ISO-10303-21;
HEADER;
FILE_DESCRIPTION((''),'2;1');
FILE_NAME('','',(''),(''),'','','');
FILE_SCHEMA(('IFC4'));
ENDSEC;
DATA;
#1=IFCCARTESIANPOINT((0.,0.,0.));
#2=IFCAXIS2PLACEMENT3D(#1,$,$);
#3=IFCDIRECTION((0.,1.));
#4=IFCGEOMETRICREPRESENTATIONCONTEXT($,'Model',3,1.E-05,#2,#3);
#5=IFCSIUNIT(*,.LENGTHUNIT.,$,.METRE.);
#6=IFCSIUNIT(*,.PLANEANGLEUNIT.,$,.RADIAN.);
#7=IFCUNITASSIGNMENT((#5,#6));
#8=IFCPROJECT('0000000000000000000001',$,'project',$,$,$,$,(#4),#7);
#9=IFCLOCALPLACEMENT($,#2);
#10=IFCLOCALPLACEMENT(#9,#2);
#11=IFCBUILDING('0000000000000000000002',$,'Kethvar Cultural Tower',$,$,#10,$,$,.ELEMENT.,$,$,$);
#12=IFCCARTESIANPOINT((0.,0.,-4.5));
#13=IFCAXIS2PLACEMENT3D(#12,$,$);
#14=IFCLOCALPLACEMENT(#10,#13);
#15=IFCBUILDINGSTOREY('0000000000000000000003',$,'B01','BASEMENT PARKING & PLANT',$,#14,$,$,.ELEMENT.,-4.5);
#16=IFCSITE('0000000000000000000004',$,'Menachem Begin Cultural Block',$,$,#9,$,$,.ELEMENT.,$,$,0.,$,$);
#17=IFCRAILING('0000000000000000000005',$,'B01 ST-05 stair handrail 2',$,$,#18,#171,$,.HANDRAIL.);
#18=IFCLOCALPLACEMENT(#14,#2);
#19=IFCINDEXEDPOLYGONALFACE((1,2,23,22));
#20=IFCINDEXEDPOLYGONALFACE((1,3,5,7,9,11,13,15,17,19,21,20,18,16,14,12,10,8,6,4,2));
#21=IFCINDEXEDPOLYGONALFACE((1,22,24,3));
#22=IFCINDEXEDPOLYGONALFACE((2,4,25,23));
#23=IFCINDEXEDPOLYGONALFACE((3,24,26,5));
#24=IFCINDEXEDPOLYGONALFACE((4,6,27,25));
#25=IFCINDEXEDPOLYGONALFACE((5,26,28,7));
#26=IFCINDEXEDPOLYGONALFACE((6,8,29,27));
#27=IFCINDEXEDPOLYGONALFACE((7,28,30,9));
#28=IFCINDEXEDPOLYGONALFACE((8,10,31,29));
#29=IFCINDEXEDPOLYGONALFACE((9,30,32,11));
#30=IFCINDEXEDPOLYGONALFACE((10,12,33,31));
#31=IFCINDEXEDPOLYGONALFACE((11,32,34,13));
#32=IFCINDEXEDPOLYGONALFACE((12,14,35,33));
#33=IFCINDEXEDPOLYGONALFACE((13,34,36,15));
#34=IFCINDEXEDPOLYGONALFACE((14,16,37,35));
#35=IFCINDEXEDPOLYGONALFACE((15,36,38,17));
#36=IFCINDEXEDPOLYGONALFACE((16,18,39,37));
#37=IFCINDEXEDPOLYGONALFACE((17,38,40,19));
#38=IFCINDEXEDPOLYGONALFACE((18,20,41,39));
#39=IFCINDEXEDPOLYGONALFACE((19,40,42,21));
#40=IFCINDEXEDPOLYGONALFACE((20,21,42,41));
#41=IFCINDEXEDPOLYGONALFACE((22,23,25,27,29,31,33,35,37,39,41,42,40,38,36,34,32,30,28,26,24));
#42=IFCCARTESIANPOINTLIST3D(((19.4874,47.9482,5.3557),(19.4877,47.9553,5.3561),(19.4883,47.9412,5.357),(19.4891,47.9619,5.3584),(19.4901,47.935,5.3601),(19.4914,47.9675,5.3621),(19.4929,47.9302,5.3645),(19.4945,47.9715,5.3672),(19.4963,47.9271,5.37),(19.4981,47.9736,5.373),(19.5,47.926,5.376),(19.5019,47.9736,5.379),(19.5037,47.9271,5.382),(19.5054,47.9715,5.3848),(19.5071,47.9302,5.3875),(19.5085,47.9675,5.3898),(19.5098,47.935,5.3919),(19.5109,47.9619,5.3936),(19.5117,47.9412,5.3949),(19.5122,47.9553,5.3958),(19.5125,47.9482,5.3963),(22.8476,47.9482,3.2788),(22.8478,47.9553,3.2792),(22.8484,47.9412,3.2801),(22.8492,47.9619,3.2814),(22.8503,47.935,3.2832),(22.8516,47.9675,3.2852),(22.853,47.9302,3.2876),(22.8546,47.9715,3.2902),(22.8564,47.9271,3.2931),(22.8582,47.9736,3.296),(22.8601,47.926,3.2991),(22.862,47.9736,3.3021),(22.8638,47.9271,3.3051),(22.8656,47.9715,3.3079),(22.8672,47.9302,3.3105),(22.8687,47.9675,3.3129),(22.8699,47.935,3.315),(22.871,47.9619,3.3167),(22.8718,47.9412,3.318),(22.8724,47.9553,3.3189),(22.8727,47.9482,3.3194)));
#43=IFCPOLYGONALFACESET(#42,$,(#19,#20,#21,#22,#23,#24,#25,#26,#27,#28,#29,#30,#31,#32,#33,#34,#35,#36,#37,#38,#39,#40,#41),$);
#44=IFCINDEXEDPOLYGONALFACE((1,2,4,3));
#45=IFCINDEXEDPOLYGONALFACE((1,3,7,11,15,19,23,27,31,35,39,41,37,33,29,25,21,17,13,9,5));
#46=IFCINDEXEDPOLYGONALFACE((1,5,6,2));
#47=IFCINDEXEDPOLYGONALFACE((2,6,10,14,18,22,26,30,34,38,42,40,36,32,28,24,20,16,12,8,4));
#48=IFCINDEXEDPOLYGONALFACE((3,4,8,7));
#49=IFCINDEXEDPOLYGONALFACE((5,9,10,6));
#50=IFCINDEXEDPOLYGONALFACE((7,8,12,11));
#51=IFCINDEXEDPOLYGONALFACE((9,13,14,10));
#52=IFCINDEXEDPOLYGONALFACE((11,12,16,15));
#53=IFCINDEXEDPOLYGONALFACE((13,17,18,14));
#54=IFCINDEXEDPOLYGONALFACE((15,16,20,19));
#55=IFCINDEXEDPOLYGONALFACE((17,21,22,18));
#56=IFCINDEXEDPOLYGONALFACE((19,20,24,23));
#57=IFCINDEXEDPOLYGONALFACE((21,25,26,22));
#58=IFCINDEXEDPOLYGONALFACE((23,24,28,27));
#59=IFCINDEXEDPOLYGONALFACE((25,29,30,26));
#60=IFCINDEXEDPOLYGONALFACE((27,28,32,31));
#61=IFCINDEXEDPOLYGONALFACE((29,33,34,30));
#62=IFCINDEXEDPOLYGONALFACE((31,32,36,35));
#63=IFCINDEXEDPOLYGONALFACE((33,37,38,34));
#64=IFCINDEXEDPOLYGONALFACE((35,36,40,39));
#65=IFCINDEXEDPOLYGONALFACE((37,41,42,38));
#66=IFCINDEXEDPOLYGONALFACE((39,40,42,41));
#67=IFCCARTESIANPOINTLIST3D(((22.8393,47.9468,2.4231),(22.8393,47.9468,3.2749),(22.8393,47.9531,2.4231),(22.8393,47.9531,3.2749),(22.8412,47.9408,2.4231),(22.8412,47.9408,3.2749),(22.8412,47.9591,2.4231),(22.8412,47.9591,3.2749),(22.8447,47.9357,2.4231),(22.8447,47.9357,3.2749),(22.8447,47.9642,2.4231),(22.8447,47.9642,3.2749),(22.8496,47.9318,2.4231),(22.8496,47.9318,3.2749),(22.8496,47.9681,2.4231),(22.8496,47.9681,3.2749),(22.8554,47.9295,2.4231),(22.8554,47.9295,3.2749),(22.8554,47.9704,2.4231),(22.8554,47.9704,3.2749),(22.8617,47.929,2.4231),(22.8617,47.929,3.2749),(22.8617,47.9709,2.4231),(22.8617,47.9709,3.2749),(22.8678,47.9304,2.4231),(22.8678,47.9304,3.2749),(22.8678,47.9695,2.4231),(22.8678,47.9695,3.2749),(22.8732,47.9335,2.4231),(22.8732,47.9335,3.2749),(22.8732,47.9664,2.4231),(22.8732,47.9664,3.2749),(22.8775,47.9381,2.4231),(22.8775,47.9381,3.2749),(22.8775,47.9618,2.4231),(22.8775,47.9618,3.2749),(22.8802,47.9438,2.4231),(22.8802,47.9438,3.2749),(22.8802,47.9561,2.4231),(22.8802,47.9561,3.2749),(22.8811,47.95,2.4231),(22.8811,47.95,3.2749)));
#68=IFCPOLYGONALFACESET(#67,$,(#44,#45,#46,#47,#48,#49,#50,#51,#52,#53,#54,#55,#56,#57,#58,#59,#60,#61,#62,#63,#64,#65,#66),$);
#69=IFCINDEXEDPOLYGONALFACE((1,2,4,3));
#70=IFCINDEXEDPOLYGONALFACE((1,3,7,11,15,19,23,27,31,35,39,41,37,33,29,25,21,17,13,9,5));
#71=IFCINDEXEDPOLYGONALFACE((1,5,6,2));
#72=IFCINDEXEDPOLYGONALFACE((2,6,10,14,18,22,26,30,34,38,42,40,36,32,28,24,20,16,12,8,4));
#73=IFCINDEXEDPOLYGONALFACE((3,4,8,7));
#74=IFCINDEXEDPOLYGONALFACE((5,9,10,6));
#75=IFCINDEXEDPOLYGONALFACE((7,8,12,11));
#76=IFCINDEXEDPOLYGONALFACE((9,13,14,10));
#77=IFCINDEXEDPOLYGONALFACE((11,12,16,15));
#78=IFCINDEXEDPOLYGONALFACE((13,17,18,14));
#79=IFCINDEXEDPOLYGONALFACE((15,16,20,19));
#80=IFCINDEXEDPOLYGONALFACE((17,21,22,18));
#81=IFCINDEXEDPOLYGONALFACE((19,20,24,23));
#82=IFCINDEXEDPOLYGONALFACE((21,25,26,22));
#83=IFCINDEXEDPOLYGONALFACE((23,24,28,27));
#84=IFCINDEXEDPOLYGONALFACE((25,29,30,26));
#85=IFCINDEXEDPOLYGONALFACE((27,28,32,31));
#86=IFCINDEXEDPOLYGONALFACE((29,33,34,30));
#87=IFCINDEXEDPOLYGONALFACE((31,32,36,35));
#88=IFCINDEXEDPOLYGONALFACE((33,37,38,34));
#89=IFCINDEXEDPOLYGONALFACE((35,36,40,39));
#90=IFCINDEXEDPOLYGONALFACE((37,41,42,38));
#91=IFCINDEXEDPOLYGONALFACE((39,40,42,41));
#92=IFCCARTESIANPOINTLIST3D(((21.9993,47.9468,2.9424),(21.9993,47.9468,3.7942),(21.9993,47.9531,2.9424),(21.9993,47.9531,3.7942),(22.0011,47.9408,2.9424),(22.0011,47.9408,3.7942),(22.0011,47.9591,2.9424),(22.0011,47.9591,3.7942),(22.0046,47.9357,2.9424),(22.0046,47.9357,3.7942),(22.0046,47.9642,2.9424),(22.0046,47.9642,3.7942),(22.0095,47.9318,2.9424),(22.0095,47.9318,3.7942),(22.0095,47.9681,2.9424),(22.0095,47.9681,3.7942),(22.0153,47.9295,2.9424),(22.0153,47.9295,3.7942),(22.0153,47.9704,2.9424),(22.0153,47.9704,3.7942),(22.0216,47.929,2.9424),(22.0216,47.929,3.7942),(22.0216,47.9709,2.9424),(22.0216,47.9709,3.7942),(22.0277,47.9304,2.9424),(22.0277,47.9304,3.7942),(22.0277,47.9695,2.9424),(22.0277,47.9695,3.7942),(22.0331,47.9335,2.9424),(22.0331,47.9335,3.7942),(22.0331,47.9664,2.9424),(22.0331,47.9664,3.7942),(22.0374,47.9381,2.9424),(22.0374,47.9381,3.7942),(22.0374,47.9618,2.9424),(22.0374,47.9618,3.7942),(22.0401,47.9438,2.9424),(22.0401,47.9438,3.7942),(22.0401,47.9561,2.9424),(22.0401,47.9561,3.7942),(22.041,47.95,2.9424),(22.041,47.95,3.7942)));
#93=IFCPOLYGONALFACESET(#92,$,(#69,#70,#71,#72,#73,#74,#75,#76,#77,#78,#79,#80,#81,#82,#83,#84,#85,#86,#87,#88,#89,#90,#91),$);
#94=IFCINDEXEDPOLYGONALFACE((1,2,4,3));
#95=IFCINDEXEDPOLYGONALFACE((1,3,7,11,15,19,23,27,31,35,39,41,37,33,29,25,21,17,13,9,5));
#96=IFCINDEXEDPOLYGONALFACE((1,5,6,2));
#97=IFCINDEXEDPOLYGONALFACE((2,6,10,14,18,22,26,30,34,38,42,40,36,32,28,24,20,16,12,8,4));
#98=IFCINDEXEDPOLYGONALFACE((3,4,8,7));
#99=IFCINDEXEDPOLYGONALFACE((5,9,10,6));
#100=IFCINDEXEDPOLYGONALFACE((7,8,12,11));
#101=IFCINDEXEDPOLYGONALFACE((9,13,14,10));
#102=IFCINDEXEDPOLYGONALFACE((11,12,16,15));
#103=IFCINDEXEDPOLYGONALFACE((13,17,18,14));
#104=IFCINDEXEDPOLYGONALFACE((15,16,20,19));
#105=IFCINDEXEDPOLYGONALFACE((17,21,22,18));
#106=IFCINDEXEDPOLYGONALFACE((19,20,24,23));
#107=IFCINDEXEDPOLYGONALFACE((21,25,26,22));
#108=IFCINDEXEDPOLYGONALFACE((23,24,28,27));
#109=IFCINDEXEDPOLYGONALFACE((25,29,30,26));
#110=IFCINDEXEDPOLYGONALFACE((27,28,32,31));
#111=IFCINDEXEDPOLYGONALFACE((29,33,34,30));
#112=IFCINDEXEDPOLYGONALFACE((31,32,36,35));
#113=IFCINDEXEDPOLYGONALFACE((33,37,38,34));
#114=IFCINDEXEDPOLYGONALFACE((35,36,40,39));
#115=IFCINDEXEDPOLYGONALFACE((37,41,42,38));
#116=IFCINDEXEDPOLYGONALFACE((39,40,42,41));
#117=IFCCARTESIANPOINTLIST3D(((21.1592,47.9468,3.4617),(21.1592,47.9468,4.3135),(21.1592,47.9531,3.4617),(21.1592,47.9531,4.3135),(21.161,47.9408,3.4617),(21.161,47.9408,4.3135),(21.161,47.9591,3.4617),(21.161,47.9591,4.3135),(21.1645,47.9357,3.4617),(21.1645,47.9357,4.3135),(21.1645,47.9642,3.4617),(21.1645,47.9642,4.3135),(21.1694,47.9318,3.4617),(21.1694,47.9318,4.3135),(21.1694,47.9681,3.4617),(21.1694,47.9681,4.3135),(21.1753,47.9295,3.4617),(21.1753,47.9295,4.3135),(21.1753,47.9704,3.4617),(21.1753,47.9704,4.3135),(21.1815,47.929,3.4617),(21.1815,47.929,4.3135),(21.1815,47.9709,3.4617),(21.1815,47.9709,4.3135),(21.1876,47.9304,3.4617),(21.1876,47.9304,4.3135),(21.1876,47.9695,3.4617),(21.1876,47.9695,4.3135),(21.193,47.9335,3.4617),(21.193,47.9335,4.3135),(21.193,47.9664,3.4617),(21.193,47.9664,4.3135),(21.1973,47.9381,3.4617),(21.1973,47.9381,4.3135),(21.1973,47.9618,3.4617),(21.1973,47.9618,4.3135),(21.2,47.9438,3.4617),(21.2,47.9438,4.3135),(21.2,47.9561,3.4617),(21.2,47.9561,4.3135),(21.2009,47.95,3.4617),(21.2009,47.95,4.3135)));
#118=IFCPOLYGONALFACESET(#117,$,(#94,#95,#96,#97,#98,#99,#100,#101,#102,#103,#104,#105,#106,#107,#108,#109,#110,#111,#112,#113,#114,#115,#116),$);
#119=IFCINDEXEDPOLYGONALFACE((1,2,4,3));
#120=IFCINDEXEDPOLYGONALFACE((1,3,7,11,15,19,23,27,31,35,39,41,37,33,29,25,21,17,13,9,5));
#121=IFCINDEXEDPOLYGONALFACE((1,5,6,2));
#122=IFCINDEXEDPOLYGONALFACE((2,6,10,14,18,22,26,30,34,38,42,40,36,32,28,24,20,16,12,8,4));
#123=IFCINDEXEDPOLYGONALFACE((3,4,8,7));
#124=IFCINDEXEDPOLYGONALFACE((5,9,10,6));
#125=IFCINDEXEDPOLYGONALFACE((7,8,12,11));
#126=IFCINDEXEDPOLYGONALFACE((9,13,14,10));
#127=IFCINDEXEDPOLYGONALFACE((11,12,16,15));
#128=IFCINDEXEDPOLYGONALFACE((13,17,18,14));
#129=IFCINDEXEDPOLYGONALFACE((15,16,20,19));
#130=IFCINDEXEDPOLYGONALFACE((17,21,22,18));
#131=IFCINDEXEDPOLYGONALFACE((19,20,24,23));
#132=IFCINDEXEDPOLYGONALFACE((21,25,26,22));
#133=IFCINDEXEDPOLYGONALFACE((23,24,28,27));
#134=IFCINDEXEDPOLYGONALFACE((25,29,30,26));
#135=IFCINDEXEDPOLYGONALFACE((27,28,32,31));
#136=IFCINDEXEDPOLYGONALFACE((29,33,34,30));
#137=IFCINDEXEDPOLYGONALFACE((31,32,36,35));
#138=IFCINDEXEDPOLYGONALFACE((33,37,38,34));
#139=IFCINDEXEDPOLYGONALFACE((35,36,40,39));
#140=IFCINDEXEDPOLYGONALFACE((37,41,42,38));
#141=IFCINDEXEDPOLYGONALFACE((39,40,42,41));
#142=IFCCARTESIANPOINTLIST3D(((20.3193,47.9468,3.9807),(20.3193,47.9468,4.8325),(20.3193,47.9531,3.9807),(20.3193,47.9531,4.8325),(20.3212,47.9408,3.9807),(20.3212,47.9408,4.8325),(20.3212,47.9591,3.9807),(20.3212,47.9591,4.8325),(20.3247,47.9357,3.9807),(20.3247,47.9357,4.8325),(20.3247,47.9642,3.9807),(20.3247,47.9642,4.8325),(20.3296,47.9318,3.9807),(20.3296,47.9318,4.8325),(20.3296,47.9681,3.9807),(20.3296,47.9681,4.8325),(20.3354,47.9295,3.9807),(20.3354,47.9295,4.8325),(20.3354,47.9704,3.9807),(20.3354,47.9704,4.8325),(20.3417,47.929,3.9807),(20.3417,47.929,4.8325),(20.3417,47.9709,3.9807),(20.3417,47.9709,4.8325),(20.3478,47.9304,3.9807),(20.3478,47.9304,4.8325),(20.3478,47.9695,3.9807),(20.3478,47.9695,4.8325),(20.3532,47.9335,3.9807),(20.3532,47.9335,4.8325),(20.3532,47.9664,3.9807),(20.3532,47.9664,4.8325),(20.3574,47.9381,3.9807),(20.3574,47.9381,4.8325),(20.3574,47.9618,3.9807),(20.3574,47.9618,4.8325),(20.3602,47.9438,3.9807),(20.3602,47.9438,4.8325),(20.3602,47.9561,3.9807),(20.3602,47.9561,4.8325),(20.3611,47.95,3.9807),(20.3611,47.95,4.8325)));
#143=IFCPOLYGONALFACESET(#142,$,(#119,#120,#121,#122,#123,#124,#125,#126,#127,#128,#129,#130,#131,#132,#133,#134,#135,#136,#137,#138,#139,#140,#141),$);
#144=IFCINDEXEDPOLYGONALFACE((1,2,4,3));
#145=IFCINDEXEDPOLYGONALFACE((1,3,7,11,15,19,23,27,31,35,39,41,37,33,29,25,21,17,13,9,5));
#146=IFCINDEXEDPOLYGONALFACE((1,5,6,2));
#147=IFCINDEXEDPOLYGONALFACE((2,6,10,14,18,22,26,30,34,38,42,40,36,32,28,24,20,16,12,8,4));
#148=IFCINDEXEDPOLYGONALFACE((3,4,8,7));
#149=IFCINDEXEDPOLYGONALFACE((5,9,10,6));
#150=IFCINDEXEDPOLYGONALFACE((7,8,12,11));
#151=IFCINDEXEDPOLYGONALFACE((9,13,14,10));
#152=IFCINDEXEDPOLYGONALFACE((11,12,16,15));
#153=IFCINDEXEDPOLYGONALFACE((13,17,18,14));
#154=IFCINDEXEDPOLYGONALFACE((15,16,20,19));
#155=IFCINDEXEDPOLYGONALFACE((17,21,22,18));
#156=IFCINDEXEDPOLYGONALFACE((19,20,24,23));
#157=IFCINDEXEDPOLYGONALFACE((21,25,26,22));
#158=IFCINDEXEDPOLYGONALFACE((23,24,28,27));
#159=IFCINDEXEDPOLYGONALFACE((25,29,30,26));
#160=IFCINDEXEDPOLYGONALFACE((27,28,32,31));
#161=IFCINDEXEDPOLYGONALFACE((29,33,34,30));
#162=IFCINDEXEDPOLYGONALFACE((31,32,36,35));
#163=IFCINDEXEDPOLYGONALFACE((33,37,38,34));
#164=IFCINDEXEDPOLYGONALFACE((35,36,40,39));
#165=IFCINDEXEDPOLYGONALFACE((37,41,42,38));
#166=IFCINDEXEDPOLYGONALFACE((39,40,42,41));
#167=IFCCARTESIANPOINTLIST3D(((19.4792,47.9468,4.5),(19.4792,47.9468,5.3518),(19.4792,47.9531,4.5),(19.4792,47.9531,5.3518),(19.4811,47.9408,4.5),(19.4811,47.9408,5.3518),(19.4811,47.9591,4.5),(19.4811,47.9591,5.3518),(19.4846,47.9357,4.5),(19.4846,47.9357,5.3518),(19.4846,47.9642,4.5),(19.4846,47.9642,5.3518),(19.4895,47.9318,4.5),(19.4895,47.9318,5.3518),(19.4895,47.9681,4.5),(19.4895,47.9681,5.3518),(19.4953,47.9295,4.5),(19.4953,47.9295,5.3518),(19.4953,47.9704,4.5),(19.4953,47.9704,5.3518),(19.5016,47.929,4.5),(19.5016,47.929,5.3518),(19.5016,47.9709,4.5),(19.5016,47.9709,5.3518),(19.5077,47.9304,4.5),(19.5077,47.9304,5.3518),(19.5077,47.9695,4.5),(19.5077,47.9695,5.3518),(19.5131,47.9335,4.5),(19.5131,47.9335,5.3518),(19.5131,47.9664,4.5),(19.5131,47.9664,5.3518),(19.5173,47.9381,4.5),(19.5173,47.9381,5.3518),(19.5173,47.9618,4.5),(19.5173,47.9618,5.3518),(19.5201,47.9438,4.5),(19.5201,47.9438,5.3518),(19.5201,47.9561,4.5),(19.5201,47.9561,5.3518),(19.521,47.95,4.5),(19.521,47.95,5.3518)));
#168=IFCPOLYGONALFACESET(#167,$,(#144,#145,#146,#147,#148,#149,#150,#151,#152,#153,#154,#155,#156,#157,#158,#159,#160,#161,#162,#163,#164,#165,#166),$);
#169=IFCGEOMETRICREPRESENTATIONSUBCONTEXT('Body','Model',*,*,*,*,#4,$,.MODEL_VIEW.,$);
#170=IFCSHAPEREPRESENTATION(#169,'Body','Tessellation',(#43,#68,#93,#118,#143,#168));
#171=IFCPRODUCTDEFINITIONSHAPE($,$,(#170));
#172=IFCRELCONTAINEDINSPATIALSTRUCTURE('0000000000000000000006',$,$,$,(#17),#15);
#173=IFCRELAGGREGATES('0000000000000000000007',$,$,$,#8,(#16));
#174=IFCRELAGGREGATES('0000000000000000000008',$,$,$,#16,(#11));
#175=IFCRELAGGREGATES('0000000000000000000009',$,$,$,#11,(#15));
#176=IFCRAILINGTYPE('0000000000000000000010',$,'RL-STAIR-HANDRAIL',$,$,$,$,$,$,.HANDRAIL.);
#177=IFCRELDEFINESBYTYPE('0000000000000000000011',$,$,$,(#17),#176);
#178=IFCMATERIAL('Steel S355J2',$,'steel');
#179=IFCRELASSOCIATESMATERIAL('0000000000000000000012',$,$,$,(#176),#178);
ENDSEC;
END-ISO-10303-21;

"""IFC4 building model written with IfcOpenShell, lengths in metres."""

from ifc_helpers import new_model, si_unit, direction, frame, origin, origin_2d, place, context, subcontext, project, spatial, circle, extrude, material, type_object, element, save


model = new_model("IFC4")

# Units and contexts
model_context = context("Model", 3, precision=1e-05, world=origin(), true_north=direction((0.0, 1.0)))
body_context = subcontext(model_context, "Body", "Model", "MODEL_VIEW")
ifc_project = project(units=[si_unit("LENGTHUNIT", "METRE"), si_unit("PLANEANGLEUNIT", "RADIAN")], contexts=[model_context])

# Site, building, storey
site_placement = place(None, origin())
site = spatial("IfcSite", under=ifc_project, at=site_placement, Name="Menachem Begin Cultural Block", CompositionType="ELEMENT", RefElevation=0.0)
building_placement = place(site_placement, origin())
building = spatial("IfcBuilding", under=site, at=building_placement, Name="Kethvar Cultural Tower", CompositionType="ELEMENT")
storey_placement = place(building_placement, frame((0.0, 0.0, -4.5)))
storey = spatial("IfcBuildingStorey", under=building, at=storey_placement, Name="B01", Description="BASEMENT PARKING & PLANT", CompositionType="ELEMENT", Elevation=-4.5)

# Shared definitions
ifc_material_1 = material(Name="Steel S355J2", Category="steel")

# Railing
railing_type_1 = type_object("IfcRailingType", Name="RL-STAIR-HANDRAIL", PredefinedType="HANDRAIL", material=ifc_material_1)
railing_1_placement = place(storey_placement, frame((22.8601, 47.95, 2.4231)))
element("IfcRailing", 1, at=railing_1_placement, inside=storey, type_object=railing_type_1, Name="B01 ST-05 stair handrail 2", PredefinedType="HANDRAIL", context=body_context, shape_type="SweptSolid", body=[
    extrude(circle(Radius=0.0239, at=origin_2d()), frame((0.0, 0.0, 0.876), z_axis=(-0.850623, 0.0, 0.525776), x_axis=(0.0, -1.0, 0.0)), (0.0, 0.0, 1.0), 3.9502),
    extrude(circle(Radius=0.021, at=origin_2d()), origin(), (0.0, 0.0, 1.0), 0.8518),
    extrude(circle(Radius=0.021, at=origin_2d()), frame((-0.8401, 0.0, 0.5193)), (0.0, 0.0, 1.0), 0.8518),
    extrude(circle(Radius=0.021, at=origin_2d()), frame((-1.6802, 0.0, 1.0386)), (0.0, 0.0, 1.0), 0.8518),
    extrude(circle(Radius=0.021, at=origin_2d()), frame((-2.52, 0.0, 1.5576)), (0.0, 0.0, 1.0), 0.8518),
    extrude(circle(Radius=0.021, at=origin_2d()), frame((-3.3601, 0.0, 2.0769)), (0.0, 0.0, 1.0), 0.8518),
])

save(model, "model.ifc")
